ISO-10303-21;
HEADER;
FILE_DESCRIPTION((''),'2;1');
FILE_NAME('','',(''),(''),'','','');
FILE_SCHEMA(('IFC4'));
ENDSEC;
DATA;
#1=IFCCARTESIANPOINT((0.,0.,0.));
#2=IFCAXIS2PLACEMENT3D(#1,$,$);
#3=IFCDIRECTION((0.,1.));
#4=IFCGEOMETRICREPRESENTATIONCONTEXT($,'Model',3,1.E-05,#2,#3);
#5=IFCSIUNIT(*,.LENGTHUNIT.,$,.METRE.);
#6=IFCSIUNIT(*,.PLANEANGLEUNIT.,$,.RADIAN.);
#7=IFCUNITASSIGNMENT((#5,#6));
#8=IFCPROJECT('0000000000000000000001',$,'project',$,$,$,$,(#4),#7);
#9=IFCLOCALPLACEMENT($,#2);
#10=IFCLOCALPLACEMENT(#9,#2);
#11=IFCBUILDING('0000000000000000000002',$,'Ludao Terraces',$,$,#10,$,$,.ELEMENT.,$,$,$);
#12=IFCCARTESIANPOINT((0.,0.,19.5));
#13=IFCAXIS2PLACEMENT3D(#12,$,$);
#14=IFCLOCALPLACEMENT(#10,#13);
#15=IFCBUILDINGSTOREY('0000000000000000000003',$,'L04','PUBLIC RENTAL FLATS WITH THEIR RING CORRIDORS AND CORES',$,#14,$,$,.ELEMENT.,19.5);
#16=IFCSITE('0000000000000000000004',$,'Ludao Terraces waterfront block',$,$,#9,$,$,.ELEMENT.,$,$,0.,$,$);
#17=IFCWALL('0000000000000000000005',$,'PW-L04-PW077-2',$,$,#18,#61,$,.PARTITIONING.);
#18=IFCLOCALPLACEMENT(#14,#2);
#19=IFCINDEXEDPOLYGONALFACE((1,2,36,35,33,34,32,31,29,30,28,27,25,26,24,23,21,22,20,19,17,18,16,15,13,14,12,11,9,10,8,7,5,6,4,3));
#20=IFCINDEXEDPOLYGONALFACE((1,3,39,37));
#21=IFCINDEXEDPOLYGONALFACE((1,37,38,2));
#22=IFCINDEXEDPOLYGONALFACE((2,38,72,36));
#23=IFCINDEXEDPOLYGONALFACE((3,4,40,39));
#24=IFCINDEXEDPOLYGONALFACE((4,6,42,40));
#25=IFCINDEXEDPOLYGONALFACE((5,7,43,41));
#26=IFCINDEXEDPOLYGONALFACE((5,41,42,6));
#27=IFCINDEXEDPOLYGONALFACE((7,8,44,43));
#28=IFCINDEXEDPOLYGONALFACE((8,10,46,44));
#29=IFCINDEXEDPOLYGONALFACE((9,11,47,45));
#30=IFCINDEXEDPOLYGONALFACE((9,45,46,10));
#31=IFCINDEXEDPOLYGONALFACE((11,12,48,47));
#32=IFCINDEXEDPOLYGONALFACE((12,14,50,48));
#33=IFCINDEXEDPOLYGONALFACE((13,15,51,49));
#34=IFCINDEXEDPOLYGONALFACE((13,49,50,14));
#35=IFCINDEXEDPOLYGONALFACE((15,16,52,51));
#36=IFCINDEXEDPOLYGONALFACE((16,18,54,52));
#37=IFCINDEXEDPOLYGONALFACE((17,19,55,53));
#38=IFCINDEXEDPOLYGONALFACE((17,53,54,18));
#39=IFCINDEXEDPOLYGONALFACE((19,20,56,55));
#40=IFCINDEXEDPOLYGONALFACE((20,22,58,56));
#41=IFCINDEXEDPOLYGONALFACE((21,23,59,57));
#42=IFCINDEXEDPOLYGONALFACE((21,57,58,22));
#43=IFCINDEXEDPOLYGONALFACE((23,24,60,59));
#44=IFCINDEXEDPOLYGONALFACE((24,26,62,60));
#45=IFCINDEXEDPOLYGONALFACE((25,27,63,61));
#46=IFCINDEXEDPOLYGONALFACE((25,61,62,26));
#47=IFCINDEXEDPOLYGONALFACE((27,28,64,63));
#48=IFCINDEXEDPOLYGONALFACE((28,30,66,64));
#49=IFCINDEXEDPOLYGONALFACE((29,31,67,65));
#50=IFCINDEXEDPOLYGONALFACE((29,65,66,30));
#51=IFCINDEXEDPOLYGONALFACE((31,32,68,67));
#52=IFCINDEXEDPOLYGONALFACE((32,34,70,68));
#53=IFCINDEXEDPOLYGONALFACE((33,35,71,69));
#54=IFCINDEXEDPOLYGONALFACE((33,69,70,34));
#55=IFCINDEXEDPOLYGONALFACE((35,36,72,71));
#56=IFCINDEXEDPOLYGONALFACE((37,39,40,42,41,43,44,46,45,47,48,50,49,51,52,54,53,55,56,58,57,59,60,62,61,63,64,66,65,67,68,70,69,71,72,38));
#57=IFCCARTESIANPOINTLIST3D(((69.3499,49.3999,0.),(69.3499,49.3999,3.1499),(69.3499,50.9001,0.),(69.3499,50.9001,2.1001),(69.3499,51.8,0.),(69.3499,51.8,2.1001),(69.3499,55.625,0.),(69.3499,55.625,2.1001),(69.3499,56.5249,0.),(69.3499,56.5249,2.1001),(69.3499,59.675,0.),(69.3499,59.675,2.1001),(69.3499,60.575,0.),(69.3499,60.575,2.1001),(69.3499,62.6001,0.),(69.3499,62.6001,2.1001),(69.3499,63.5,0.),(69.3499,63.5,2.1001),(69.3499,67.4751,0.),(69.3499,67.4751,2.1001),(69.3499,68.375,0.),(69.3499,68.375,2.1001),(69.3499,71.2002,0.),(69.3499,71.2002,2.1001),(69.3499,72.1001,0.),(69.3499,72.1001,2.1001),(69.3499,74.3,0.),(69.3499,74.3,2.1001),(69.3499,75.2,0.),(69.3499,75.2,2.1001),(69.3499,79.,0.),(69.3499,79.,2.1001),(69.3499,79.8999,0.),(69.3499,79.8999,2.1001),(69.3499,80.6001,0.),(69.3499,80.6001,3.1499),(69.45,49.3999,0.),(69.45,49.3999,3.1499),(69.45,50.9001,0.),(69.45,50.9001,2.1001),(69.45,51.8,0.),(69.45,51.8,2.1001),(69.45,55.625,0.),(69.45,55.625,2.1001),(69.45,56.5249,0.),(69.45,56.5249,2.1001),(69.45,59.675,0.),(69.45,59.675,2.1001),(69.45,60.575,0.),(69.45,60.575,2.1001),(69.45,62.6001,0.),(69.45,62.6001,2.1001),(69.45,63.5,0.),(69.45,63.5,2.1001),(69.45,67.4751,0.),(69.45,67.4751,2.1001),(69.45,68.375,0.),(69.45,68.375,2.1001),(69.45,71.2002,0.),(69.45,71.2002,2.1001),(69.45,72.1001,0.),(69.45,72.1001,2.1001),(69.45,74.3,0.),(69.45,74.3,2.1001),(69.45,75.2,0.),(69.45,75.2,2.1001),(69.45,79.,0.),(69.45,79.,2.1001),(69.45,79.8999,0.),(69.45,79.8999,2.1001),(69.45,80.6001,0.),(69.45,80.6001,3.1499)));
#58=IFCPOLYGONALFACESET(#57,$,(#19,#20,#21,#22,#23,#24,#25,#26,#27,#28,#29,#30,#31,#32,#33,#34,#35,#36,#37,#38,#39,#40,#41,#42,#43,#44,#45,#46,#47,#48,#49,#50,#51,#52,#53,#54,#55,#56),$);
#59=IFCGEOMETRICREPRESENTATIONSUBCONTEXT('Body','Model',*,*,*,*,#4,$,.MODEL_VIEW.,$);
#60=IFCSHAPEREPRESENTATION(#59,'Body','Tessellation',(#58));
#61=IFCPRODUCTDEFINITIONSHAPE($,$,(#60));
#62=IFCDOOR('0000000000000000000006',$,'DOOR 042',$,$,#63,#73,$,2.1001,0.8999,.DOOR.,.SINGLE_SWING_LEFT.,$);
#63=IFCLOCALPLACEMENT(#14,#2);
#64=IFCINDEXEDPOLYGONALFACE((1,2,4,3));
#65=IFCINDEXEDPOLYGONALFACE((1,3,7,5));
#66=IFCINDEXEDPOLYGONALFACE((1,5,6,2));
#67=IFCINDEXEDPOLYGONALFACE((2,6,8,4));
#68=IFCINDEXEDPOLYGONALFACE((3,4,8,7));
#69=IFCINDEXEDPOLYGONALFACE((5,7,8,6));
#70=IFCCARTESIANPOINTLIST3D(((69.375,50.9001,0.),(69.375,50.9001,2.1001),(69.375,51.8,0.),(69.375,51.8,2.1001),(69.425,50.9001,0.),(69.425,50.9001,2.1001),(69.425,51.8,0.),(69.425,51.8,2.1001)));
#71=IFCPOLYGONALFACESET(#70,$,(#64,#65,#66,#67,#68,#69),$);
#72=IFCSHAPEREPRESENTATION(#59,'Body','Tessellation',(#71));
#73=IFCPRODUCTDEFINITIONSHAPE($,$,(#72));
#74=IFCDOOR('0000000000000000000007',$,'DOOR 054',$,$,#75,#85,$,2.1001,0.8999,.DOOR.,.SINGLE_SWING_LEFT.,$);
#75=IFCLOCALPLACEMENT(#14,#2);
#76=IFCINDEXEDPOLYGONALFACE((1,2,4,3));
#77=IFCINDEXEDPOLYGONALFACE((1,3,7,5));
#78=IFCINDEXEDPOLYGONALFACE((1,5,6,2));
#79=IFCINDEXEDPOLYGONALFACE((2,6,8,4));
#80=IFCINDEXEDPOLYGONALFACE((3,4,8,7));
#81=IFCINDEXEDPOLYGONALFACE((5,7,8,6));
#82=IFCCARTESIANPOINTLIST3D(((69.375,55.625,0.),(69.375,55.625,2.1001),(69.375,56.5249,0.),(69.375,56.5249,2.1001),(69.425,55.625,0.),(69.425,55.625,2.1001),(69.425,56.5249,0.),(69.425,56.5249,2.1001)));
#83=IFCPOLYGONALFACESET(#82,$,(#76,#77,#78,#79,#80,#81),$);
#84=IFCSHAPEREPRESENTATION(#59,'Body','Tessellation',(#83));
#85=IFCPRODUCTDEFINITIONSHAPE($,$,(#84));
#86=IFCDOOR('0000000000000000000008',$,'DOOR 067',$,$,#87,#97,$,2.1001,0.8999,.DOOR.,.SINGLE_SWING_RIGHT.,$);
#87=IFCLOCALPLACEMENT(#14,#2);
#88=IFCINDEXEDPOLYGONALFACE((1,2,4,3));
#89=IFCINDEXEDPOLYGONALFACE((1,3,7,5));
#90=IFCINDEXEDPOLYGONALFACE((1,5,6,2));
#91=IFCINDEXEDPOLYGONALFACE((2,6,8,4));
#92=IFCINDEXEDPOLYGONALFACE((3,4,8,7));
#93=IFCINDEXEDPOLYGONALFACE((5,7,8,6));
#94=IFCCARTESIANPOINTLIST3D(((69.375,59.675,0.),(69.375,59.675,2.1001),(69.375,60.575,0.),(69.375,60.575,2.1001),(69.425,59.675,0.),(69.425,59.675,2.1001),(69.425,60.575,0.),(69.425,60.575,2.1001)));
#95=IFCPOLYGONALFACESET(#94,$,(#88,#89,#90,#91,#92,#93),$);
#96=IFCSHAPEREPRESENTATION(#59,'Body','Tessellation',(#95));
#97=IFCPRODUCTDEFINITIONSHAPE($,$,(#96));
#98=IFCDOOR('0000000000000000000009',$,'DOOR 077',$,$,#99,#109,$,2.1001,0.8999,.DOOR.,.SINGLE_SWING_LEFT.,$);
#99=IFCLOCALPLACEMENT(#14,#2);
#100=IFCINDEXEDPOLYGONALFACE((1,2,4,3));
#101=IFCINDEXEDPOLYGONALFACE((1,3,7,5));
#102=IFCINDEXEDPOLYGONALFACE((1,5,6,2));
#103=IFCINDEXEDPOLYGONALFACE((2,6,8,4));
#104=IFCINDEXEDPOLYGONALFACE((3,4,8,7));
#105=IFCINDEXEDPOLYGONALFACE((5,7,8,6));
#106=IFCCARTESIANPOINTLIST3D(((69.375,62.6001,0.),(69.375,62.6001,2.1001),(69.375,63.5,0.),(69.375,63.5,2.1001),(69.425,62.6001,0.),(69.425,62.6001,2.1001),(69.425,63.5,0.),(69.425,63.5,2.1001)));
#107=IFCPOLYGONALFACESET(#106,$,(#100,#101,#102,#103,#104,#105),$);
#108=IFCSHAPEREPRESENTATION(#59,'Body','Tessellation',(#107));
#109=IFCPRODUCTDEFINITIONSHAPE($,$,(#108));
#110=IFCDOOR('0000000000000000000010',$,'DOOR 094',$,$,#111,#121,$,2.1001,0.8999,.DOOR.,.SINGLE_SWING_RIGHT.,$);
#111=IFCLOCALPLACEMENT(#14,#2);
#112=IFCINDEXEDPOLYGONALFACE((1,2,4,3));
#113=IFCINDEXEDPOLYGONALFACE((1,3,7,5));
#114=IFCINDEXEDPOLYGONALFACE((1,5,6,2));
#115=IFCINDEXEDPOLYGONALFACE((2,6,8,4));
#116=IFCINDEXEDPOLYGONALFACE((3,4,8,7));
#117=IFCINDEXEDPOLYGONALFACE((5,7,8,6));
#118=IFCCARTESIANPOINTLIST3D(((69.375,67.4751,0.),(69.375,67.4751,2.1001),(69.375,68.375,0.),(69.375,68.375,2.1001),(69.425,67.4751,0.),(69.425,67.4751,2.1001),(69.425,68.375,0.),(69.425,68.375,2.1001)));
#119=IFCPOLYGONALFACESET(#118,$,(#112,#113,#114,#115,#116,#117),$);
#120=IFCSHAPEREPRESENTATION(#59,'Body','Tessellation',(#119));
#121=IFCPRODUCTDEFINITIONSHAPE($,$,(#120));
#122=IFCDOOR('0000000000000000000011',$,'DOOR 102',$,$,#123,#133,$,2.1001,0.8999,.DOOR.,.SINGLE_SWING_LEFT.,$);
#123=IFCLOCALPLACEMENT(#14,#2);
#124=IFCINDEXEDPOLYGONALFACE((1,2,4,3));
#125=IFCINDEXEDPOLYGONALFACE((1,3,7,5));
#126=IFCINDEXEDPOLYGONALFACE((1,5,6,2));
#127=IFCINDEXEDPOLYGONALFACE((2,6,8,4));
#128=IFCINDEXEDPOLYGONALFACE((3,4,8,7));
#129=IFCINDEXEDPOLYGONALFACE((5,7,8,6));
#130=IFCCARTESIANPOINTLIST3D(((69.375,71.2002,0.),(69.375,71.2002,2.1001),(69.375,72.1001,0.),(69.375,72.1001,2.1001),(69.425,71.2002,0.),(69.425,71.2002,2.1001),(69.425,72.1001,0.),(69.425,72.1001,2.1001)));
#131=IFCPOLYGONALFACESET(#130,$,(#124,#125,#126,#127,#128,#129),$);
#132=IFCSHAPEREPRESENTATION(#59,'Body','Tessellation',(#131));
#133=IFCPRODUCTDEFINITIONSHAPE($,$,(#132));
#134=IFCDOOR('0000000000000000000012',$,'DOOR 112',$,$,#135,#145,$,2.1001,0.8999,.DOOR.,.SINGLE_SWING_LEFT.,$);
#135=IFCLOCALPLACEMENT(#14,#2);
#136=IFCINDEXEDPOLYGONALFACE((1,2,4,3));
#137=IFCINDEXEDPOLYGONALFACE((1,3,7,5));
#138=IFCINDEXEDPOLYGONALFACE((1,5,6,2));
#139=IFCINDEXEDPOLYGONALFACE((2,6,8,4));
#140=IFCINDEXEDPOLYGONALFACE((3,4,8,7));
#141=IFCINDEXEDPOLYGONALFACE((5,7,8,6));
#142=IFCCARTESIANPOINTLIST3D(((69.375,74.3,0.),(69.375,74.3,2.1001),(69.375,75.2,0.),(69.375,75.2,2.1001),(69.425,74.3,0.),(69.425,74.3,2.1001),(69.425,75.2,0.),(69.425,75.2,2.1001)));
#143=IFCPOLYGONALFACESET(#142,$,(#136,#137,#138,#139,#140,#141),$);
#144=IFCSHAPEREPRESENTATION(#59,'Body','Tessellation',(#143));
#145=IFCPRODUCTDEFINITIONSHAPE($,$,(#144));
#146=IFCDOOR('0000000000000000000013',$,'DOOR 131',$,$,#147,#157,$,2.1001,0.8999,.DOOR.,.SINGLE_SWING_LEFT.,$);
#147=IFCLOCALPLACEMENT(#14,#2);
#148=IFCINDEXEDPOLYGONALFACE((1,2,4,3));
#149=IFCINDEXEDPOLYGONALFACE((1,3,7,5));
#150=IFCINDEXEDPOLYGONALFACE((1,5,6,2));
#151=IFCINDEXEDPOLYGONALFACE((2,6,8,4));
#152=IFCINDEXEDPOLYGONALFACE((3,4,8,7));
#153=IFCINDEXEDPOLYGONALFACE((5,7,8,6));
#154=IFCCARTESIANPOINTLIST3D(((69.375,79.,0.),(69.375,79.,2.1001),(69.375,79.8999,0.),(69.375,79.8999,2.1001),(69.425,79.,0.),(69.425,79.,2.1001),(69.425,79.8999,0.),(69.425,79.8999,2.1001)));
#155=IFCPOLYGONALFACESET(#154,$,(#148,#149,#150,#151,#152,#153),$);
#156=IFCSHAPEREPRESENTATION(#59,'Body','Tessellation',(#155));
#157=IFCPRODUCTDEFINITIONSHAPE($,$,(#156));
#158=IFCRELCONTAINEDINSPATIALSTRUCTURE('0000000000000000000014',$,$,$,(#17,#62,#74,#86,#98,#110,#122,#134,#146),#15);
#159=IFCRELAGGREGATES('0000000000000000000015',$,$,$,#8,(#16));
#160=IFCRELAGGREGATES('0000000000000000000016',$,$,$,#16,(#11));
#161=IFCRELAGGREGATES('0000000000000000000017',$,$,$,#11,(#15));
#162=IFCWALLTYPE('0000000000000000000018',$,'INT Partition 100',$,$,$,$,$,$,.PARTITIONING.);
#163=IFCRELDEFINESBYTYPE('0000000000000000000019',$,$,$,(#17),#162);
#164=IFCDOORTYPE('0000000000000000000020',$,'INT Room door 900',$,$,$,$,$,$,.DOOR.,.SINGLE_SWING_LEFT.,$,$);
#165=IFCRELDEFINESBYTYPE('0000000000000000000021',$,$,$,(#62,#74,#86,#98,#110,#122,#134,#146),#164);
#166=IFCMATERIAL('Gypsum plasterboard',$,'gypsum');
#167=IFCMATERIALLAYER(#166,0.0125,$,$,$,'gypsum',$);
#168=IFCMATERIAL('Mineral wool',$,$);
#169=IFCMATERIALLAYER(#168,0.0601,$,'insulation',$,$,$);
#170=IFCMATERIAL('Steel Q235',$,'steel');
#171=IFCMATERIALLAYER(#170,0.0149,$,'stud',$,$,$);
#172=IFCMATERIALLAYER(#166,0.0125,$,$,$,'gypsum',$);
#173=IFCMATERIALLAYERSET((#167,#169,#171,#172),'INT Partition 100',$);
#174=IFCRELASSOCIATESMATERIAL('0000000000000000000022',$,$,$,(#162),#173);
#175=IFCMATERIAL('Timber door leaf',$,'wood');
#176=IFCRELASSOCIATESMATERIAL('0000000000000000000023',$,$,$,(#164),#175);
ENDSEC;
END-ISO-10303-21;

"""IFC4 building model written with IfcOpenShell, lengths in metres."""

from ifc_helpers import new_model, si_unit, direction, frame, frame_2d, origin, place, context, subcontext, project, spatial, rectangle, extrude, material, layer, layer_set, type_object, element, fill, save


model = new_model("IFC4")

# Units and contexts
model_context = context("Model", 3, precision=1e-05, world=origin(), true_north=direction((0.0, 1.0)))
body_context = subcontext(model_context, "Body", "Model", "MODEL_VIEW")
ifc_project = project(units=[si_unit("LENGTHUNIT", "METRE"), si_unit("PLANEANGLEUNIT", "RADIAN")], contexts=[model_context])

# Site, building, storey
site_placement = place(None, origin())
site = spatial("IfcSite", under=ifc_project, at=site_placement, Name="Ludao Terraces waterfront block", CompositionType="ELEMENT", RefElevation=0.0)
building_placement = place(site_placement, origin())
building = spatial("IfcBuilding", under=site, at=building_placement, Name="Ludao Terraces", CompositionType="ELEMENT")
storey_placement = place(building_placement, frame((0.0, 0.0, 19.5)))
storey = spatial("IfcBuildingStorey", under=building, at=storey_placement, Name="L04", Description="PUBLIC RENTAL FLATS WITH THEIR RING CORRIDORS AND CORES", CompositionType="ELEMENT", Elevation=19.5)

# Shared definitions
ifc_material_1 = material(Name="Gypsum plasterboard", Category="gypsum")
ifc_layer_1 = layer(ifc_material_1, 0.0125, Category="gypsum")
ifc_material_2 = material(Name="Mineral wool")
ifc_layer_2 = layer(ifc_material_2, 0.0601, Name="insulation")
ifc_material_3 = material(Name="Steel Q235", Category="steel")
ifc_layer_3 = layer(ifc_material_3, 0.0149, Name="stud")
ifc_layer_4 = layer(ifc_material_1, 0.0125, Category="gypsum")
ifc_layer_set = layer_set([ifc_layer_1, ifc_layer_2, ifc_layer_3, ifc_layer_4], Name="INT Partition 100")
wall_type = type_object("IfcWallType", Name="INT Partition 100", PredefinedType="PARTITIONING", material=ifc_layer_set)

# Wall, openings, doors
wall_1_placement = place(storey_placement, frame((69.3999, 49.3999, 0.0), z_axis=(0.0, 0.0, 1.0), x_axis=(0.0, 1.0, 0.0)))
wall_1 = element("IfcWall", 1, at=wall_1_placement, inside=storey, type_object=wall_type, Name="PW-L04-PW077-2", PredefinedType="PARTITIONING", context=body_context, shape_type="SweptSolid", body=[
    extrude(rectangle(XDim=31.2002, YDim=0.1001, at=frame_2d((15.6001, 0.0))), origin(), (0.0, 0.0, 1.0), 3.1499),
])
opening_1_placement = place(wall_1_placement, frame((1.5002, 0.0, 0.0)))
opening_1 = element("IfcOpeningElement", 2, at=opening_1_placement, cuts=wall_1, PredefinedType="OPENING", context=body_context, shape_type="SweptSolid", body=[
    extrude(rectangle(XDim=0.8999, YDim=2.1001, at=frame_2d((0.45, 1.05))), frame((0.0, 0.0601, 0.0), z_axis=(0.0, -1.0, 0.0), x_axis=(1.0, 0.0, 0.0)), (0.0, 0.0, 1.0), 0.1201),
])
opening_2_placement = place(wall_1_placement, frame((6.2251, 0.0, 0.0)))
opening_2 = element("IfcOpeningElement", 3, at=opening_2_placement, cuts=wall_1, PredefinedType="OPENING", context=body_context, shape_type="SweptSolid", body=[
    extrude(rectangle(XDim=0.8999, YDim=2.1001, at=frame_2d((0.45, 1.05))), frame((0.0, 0.0601, 0.0), z_axis=(0.0, -1.0, 0.0), x_axis=(1.0, 0.0, 0.0)), (0.0, 0.0, 1.0), 0.1201),
])
opening_3_placement = place(wall_1_placement, frame((10.2751, 0.0, 0.0)))
opening_3 = element("IfcOpeningElement", 4, at=opening_3_placement, cuts=wall_1, PredefinedType="OPENING", context=body_context, shape_type="SweptSolid", body=[
    extrude(rectangle(XDim=0.8999, YDim=2.1001, at=frame_2d((0.45, 1.05))), frame((0.0, 0.0601, 0.0), z_axis=(0.0, -1.0, 0.0), x_axis=(1.0, 0.0, 0.0)), (0.0, 0.0, 1.0), 0.1201),
])
opening_4_placement = place(wall_1_placement, frame((13.2002, 0.0, 0.0)))
opening_4 = element("IfcOpeningElement", 5, at=opening_4_placement, cuts=wall_1, PredefinedType="OPENING", context=body_context, shape_type="SweptSolid", body=[
    extrude(rectangle(XDim=0.8999, YDim=2.1001, at=frame_2d((0.45, 1.05))), frame((0.0, 0.0601, 0.0), z_axis=(0.0, -1.0, 0.0), x_axis=(1.0, 0.0, 0.0)), (0.0, 0.0, 1.0), 0.1201),
])
opening_5_placement = place(wall_1_placement, frame((18.0752, 0.0, 0.0)))
opening_5 = element("IfcOpeningElement", 6, at=opening_5_placement, cuts=wall_1, PredefinedType="OPENING", context=body_context, shape_type="SweptSolid", body=[
    extrude(rectangle(XDim=0.8999, YDim=2.1001, at=frame_2d((0.45, 1.05))), frame((0.0, 0.0601, 0.0), z_axis=(0.0, -1.0, 0.0), x_axis=(1.0, 0.0, 0.0)), (0.0, 0.0, 1.0), 0.1201),
])
opening_6_placement = place(wall_1_placement, frame((21.8003, 0.0, 0.0)))
opening_6 = element("IfcOpeningElement", 7, at=opening_6_placement, cuts=wall_1, PredefinedType="OPENING", context=body_context, shape_type="SweptSolid", body=[
    extrude(rectangle(XDim=0.8999, YDim=2.1001, at=frame_2d((0.45, 1.05))), frame((0.0, 0.0601, 0.0), z_axis=(0.0, -1.0, 0.0), x_axis=(1.0, 0.0, 0.0)), (0.0, 0.0, 1.0), 0.1201),
])
opening_7_placement = place(wall_1_placement, frame((24.9001, 0.0, 0.0)))
opening_7 = element("IfcOpeningElement", 8, at=opening_7_placement, cuts=wall_1, PredefinedType="OPENING", context=body_context, shape_type="SweptSolid", body=[
    extrude(rectangle(XDim=0.8999, YDim=2.1001, at=frame_2d((0.45, 1.05))), frame((0.0, 0.0601, 0.0), z_axis=(0.0, -1.0, 0.0), x_axis=(1.0, 0.0, 0.0)), (0.0, 0.0, 1.0), 0.1201),
])
opening_8_placement = place(wall_1_placement, frame((29.6001, 0.0, 0.0)))
opening_8 = element("IfcOpeningElement", 9, at=opening_8_placement, cuts=wall_1, PredefinedType="OPENING", context=body_context, shape_type="SweptSolid", body=[
    extrude(rectangle(XDim=0.8999, YDim=2.1001, at=frame_2d((0.45, 1.05))), frame((0.0, 0.0601, 0.0), z_axis=(0.0, -1.0, 0.0), x_axis=(1.0, 0.0, 0.0)), (0.0, 0.0, 1.0), 0.1201),
])
ifc_material_4 = material(Name="Timber door leaf", Category="wood")
door_type_1 = type_object("IfcDoorType", Name="INT Room door 900", OperationType="SINGLE_SWING_LEFT", PredefinedType="DOOR", material=ifc_material_4)
door_1_placement = place(opening_1_placement, origin())
door_1 = element("IfcDoor", 10, at=door_1_placement, inside=storey, type_object=door_type_1, Name="DOOR 042", OperationType="SINGLE_SWING_LEFT", OverallHeight=2.1001, OverallWidth=0.8999, PredefinedType="DOOR", context=body_context, shape_type="SweptSolid", body=[
    extrude(rectangle(XDim=0.8999, YDim=2.1001, at=frame_2d((0.45, 1.05))), frame((0.0, 0.0249, 0.0), z_axis=(0.0, -1.0, 0.0), x_axis=(1.0, 0.0, 0.0)), (0.0, 0.0, 1.0), 0.05),
])
fill(opening_1, door_1)
door_2_placement = place(opening_2_placement, origin())
door_2 = element("IfcDoor", 11, at=door_2_placement, inside=storey, type_object=door_type_1, Name="DOOR 054", OperationType="SINGLE_SWING_LEFT", OverallHeight=2.1001, OverallWidth=0.8999, PredefinedType="DOOR", context=body_context, shape_type="SweptSolid", body=[
    extrude(rectangle(XDim=0.8999, YDim=2.1001, at=frame_2d((0.45, 1.05))), frame((0.0, 0.0249, 0.0), z_axis=(0.0, -1.0, 0.0), x_axis=(1.0, 0.0, 0.0)), (0.0, 0.0, 1.0), 0.05),
])
fill(opening_2, door_2)
door_3_placement = place(opening_3_placement, origin())
door_3 = element("IfcDoor", 12, at=door_3_placement, inside=storey, type_object=door_type_1, Name="DOOR 067", OperationType="SINGLE_SWING_RIGHT", OverallHeight=2.1001, OverallWidth=0.8999, PredefinedType="DOOR", context=body_context, shape_type="SweptSolid", body=[
    extrude(rectangle(XDim=0.8999, YDim=2.1001, at=frame_2d((0.45, 1.05))), frame((0.0, 0.0249, 0.0), z_axis=(0.0, -1.0, 0.0), x_axis=(1.0, 0.0, 0.0)), (0.0, 0.0, 1.0), 0.05),
])
fill(opening_3, door_3)
door_4_placement = place(opening_4_placement, origin())
door_4 = element("IfcDoor", 13, at=door_4_placement, inside=storey, type_object=door_type_1, Name="DOOR 077", OperationType="SINGLE_SWING_LEFT", OverallHeight=2.1001, OverallWidth=0.8999, PredefinedType="DOOR", context=body_context, shape_type="SweptSolid", body=[
    extrude(rectangle(XDim=0.8999, YDim=2.1001, at=frame_2d((0.45, 1.05))), frame((0.0, 0.0249, 0.0), z_axis=(0.0, -1.0, 0.0), x_axis=(1.0, 0.0, 0.0)), (0.0, 0.0, 1.0), 0.05),
])
fill(opening_4, door_4)
door_5_placement = place(opening_5_placement, origin())
door_5 = element("IfcDoor", 14, at=door_5_placement, inside=storey, type_object=door_type_1, Name="DOOR 094", OperationType="SINGLE_SWING_RIGHT", OverallHeight=2.1001, OverallWidth=0.8999, PredefinedType="DOOR", context=body_context, shape_type="SweptSolid", body=[
    extrude(rectangle(XDim=0.8999, YDim=2.1001, at=frame_2d((0.45, 1.05))), frame((0.0, 0.0249, 0.0), z_axis=(0.0, -1.0, 0.0), x_axis=(1.0, 0.0, 0.0)), (0.0, 0.0, 1.0), 0.05),
])
fill(opening_5, door_5)
door_6_placement = place(opening_6_placement, origin())
door_6 = element("IfcDoor", 15, at=door_6_placement, inside=storey, type_object=door_type_1, Name="DOOR 102", OperationType="SINGLE_SWING_LEFT", OverallHeight=2.1001, OverallWidth=0.8999, PredefinedType="DOOR", context=body_context, shape_type="SweptSolid", body=[
    extrude(rectangle(XDim=0.8999, YDim=2.1001, at=frame_2d((0.45, 1.05))), frame((0.0, 0.0249, 0.0), z_axis=(0.0, -1.0, 0.0), x_axis=(1.0, 0.0, 0.0)), (0.0, 0.0, 1.0), 0.05),
])
fill(opening_6, door_6)
door_7_placement = place(opening_7_placement, origin())
door_7 = element("IfcDoor", 16, at=door_7_placement, inside=storey, type_object=door_type_1, Name="DOOR 112", OperationType="SINGLE_SWING_LEFT", OverallHeight=2.1001, OverallWidth=0.8999, PredefinedType="DOOR", context=body_context, shape_type="SweptSolid", body=[
    extrude(rectangle(XDim=0.8999, YDim=2.1001, at=frame_2d((0.45, 1.05))), frame((0.0, 0.0249, 0.0), z_axis=(0.0, -1.0, 0.0), x_axis=(1.0, 0.0, 0.0)), (0.0, 0.0, 1.0), 0.05),
])
fill(opening_7, door_7)
door_8_placement = place(opening_8_placement, origin())
door_8 = element("IfcDoor", 17, at=door_8_placement, inside=storey, type_object=door_type_1, Name="DOOR 131", OperationType="SINGLE_SWING_LEFT", OverallHeight=2.1001, OverallWidth=0.8999, PredefinedType="DOOR", context=body_context, shape_type="SweptSolid", body=[
    extrude(rectangle(XDim=0.8999, YDim=2.1001, at=frame_2d((0.45, 1.05))), frame((0.0, 0.0249, 0.0), z_axis=(0.0, -1.0, 0.0), x_axis=(1.0, 0.0, 0.0)), (0.0, 0.0, 1.0), 0.05),
])
fill(opening_8, door_8)

save(model, "model.ifc")
